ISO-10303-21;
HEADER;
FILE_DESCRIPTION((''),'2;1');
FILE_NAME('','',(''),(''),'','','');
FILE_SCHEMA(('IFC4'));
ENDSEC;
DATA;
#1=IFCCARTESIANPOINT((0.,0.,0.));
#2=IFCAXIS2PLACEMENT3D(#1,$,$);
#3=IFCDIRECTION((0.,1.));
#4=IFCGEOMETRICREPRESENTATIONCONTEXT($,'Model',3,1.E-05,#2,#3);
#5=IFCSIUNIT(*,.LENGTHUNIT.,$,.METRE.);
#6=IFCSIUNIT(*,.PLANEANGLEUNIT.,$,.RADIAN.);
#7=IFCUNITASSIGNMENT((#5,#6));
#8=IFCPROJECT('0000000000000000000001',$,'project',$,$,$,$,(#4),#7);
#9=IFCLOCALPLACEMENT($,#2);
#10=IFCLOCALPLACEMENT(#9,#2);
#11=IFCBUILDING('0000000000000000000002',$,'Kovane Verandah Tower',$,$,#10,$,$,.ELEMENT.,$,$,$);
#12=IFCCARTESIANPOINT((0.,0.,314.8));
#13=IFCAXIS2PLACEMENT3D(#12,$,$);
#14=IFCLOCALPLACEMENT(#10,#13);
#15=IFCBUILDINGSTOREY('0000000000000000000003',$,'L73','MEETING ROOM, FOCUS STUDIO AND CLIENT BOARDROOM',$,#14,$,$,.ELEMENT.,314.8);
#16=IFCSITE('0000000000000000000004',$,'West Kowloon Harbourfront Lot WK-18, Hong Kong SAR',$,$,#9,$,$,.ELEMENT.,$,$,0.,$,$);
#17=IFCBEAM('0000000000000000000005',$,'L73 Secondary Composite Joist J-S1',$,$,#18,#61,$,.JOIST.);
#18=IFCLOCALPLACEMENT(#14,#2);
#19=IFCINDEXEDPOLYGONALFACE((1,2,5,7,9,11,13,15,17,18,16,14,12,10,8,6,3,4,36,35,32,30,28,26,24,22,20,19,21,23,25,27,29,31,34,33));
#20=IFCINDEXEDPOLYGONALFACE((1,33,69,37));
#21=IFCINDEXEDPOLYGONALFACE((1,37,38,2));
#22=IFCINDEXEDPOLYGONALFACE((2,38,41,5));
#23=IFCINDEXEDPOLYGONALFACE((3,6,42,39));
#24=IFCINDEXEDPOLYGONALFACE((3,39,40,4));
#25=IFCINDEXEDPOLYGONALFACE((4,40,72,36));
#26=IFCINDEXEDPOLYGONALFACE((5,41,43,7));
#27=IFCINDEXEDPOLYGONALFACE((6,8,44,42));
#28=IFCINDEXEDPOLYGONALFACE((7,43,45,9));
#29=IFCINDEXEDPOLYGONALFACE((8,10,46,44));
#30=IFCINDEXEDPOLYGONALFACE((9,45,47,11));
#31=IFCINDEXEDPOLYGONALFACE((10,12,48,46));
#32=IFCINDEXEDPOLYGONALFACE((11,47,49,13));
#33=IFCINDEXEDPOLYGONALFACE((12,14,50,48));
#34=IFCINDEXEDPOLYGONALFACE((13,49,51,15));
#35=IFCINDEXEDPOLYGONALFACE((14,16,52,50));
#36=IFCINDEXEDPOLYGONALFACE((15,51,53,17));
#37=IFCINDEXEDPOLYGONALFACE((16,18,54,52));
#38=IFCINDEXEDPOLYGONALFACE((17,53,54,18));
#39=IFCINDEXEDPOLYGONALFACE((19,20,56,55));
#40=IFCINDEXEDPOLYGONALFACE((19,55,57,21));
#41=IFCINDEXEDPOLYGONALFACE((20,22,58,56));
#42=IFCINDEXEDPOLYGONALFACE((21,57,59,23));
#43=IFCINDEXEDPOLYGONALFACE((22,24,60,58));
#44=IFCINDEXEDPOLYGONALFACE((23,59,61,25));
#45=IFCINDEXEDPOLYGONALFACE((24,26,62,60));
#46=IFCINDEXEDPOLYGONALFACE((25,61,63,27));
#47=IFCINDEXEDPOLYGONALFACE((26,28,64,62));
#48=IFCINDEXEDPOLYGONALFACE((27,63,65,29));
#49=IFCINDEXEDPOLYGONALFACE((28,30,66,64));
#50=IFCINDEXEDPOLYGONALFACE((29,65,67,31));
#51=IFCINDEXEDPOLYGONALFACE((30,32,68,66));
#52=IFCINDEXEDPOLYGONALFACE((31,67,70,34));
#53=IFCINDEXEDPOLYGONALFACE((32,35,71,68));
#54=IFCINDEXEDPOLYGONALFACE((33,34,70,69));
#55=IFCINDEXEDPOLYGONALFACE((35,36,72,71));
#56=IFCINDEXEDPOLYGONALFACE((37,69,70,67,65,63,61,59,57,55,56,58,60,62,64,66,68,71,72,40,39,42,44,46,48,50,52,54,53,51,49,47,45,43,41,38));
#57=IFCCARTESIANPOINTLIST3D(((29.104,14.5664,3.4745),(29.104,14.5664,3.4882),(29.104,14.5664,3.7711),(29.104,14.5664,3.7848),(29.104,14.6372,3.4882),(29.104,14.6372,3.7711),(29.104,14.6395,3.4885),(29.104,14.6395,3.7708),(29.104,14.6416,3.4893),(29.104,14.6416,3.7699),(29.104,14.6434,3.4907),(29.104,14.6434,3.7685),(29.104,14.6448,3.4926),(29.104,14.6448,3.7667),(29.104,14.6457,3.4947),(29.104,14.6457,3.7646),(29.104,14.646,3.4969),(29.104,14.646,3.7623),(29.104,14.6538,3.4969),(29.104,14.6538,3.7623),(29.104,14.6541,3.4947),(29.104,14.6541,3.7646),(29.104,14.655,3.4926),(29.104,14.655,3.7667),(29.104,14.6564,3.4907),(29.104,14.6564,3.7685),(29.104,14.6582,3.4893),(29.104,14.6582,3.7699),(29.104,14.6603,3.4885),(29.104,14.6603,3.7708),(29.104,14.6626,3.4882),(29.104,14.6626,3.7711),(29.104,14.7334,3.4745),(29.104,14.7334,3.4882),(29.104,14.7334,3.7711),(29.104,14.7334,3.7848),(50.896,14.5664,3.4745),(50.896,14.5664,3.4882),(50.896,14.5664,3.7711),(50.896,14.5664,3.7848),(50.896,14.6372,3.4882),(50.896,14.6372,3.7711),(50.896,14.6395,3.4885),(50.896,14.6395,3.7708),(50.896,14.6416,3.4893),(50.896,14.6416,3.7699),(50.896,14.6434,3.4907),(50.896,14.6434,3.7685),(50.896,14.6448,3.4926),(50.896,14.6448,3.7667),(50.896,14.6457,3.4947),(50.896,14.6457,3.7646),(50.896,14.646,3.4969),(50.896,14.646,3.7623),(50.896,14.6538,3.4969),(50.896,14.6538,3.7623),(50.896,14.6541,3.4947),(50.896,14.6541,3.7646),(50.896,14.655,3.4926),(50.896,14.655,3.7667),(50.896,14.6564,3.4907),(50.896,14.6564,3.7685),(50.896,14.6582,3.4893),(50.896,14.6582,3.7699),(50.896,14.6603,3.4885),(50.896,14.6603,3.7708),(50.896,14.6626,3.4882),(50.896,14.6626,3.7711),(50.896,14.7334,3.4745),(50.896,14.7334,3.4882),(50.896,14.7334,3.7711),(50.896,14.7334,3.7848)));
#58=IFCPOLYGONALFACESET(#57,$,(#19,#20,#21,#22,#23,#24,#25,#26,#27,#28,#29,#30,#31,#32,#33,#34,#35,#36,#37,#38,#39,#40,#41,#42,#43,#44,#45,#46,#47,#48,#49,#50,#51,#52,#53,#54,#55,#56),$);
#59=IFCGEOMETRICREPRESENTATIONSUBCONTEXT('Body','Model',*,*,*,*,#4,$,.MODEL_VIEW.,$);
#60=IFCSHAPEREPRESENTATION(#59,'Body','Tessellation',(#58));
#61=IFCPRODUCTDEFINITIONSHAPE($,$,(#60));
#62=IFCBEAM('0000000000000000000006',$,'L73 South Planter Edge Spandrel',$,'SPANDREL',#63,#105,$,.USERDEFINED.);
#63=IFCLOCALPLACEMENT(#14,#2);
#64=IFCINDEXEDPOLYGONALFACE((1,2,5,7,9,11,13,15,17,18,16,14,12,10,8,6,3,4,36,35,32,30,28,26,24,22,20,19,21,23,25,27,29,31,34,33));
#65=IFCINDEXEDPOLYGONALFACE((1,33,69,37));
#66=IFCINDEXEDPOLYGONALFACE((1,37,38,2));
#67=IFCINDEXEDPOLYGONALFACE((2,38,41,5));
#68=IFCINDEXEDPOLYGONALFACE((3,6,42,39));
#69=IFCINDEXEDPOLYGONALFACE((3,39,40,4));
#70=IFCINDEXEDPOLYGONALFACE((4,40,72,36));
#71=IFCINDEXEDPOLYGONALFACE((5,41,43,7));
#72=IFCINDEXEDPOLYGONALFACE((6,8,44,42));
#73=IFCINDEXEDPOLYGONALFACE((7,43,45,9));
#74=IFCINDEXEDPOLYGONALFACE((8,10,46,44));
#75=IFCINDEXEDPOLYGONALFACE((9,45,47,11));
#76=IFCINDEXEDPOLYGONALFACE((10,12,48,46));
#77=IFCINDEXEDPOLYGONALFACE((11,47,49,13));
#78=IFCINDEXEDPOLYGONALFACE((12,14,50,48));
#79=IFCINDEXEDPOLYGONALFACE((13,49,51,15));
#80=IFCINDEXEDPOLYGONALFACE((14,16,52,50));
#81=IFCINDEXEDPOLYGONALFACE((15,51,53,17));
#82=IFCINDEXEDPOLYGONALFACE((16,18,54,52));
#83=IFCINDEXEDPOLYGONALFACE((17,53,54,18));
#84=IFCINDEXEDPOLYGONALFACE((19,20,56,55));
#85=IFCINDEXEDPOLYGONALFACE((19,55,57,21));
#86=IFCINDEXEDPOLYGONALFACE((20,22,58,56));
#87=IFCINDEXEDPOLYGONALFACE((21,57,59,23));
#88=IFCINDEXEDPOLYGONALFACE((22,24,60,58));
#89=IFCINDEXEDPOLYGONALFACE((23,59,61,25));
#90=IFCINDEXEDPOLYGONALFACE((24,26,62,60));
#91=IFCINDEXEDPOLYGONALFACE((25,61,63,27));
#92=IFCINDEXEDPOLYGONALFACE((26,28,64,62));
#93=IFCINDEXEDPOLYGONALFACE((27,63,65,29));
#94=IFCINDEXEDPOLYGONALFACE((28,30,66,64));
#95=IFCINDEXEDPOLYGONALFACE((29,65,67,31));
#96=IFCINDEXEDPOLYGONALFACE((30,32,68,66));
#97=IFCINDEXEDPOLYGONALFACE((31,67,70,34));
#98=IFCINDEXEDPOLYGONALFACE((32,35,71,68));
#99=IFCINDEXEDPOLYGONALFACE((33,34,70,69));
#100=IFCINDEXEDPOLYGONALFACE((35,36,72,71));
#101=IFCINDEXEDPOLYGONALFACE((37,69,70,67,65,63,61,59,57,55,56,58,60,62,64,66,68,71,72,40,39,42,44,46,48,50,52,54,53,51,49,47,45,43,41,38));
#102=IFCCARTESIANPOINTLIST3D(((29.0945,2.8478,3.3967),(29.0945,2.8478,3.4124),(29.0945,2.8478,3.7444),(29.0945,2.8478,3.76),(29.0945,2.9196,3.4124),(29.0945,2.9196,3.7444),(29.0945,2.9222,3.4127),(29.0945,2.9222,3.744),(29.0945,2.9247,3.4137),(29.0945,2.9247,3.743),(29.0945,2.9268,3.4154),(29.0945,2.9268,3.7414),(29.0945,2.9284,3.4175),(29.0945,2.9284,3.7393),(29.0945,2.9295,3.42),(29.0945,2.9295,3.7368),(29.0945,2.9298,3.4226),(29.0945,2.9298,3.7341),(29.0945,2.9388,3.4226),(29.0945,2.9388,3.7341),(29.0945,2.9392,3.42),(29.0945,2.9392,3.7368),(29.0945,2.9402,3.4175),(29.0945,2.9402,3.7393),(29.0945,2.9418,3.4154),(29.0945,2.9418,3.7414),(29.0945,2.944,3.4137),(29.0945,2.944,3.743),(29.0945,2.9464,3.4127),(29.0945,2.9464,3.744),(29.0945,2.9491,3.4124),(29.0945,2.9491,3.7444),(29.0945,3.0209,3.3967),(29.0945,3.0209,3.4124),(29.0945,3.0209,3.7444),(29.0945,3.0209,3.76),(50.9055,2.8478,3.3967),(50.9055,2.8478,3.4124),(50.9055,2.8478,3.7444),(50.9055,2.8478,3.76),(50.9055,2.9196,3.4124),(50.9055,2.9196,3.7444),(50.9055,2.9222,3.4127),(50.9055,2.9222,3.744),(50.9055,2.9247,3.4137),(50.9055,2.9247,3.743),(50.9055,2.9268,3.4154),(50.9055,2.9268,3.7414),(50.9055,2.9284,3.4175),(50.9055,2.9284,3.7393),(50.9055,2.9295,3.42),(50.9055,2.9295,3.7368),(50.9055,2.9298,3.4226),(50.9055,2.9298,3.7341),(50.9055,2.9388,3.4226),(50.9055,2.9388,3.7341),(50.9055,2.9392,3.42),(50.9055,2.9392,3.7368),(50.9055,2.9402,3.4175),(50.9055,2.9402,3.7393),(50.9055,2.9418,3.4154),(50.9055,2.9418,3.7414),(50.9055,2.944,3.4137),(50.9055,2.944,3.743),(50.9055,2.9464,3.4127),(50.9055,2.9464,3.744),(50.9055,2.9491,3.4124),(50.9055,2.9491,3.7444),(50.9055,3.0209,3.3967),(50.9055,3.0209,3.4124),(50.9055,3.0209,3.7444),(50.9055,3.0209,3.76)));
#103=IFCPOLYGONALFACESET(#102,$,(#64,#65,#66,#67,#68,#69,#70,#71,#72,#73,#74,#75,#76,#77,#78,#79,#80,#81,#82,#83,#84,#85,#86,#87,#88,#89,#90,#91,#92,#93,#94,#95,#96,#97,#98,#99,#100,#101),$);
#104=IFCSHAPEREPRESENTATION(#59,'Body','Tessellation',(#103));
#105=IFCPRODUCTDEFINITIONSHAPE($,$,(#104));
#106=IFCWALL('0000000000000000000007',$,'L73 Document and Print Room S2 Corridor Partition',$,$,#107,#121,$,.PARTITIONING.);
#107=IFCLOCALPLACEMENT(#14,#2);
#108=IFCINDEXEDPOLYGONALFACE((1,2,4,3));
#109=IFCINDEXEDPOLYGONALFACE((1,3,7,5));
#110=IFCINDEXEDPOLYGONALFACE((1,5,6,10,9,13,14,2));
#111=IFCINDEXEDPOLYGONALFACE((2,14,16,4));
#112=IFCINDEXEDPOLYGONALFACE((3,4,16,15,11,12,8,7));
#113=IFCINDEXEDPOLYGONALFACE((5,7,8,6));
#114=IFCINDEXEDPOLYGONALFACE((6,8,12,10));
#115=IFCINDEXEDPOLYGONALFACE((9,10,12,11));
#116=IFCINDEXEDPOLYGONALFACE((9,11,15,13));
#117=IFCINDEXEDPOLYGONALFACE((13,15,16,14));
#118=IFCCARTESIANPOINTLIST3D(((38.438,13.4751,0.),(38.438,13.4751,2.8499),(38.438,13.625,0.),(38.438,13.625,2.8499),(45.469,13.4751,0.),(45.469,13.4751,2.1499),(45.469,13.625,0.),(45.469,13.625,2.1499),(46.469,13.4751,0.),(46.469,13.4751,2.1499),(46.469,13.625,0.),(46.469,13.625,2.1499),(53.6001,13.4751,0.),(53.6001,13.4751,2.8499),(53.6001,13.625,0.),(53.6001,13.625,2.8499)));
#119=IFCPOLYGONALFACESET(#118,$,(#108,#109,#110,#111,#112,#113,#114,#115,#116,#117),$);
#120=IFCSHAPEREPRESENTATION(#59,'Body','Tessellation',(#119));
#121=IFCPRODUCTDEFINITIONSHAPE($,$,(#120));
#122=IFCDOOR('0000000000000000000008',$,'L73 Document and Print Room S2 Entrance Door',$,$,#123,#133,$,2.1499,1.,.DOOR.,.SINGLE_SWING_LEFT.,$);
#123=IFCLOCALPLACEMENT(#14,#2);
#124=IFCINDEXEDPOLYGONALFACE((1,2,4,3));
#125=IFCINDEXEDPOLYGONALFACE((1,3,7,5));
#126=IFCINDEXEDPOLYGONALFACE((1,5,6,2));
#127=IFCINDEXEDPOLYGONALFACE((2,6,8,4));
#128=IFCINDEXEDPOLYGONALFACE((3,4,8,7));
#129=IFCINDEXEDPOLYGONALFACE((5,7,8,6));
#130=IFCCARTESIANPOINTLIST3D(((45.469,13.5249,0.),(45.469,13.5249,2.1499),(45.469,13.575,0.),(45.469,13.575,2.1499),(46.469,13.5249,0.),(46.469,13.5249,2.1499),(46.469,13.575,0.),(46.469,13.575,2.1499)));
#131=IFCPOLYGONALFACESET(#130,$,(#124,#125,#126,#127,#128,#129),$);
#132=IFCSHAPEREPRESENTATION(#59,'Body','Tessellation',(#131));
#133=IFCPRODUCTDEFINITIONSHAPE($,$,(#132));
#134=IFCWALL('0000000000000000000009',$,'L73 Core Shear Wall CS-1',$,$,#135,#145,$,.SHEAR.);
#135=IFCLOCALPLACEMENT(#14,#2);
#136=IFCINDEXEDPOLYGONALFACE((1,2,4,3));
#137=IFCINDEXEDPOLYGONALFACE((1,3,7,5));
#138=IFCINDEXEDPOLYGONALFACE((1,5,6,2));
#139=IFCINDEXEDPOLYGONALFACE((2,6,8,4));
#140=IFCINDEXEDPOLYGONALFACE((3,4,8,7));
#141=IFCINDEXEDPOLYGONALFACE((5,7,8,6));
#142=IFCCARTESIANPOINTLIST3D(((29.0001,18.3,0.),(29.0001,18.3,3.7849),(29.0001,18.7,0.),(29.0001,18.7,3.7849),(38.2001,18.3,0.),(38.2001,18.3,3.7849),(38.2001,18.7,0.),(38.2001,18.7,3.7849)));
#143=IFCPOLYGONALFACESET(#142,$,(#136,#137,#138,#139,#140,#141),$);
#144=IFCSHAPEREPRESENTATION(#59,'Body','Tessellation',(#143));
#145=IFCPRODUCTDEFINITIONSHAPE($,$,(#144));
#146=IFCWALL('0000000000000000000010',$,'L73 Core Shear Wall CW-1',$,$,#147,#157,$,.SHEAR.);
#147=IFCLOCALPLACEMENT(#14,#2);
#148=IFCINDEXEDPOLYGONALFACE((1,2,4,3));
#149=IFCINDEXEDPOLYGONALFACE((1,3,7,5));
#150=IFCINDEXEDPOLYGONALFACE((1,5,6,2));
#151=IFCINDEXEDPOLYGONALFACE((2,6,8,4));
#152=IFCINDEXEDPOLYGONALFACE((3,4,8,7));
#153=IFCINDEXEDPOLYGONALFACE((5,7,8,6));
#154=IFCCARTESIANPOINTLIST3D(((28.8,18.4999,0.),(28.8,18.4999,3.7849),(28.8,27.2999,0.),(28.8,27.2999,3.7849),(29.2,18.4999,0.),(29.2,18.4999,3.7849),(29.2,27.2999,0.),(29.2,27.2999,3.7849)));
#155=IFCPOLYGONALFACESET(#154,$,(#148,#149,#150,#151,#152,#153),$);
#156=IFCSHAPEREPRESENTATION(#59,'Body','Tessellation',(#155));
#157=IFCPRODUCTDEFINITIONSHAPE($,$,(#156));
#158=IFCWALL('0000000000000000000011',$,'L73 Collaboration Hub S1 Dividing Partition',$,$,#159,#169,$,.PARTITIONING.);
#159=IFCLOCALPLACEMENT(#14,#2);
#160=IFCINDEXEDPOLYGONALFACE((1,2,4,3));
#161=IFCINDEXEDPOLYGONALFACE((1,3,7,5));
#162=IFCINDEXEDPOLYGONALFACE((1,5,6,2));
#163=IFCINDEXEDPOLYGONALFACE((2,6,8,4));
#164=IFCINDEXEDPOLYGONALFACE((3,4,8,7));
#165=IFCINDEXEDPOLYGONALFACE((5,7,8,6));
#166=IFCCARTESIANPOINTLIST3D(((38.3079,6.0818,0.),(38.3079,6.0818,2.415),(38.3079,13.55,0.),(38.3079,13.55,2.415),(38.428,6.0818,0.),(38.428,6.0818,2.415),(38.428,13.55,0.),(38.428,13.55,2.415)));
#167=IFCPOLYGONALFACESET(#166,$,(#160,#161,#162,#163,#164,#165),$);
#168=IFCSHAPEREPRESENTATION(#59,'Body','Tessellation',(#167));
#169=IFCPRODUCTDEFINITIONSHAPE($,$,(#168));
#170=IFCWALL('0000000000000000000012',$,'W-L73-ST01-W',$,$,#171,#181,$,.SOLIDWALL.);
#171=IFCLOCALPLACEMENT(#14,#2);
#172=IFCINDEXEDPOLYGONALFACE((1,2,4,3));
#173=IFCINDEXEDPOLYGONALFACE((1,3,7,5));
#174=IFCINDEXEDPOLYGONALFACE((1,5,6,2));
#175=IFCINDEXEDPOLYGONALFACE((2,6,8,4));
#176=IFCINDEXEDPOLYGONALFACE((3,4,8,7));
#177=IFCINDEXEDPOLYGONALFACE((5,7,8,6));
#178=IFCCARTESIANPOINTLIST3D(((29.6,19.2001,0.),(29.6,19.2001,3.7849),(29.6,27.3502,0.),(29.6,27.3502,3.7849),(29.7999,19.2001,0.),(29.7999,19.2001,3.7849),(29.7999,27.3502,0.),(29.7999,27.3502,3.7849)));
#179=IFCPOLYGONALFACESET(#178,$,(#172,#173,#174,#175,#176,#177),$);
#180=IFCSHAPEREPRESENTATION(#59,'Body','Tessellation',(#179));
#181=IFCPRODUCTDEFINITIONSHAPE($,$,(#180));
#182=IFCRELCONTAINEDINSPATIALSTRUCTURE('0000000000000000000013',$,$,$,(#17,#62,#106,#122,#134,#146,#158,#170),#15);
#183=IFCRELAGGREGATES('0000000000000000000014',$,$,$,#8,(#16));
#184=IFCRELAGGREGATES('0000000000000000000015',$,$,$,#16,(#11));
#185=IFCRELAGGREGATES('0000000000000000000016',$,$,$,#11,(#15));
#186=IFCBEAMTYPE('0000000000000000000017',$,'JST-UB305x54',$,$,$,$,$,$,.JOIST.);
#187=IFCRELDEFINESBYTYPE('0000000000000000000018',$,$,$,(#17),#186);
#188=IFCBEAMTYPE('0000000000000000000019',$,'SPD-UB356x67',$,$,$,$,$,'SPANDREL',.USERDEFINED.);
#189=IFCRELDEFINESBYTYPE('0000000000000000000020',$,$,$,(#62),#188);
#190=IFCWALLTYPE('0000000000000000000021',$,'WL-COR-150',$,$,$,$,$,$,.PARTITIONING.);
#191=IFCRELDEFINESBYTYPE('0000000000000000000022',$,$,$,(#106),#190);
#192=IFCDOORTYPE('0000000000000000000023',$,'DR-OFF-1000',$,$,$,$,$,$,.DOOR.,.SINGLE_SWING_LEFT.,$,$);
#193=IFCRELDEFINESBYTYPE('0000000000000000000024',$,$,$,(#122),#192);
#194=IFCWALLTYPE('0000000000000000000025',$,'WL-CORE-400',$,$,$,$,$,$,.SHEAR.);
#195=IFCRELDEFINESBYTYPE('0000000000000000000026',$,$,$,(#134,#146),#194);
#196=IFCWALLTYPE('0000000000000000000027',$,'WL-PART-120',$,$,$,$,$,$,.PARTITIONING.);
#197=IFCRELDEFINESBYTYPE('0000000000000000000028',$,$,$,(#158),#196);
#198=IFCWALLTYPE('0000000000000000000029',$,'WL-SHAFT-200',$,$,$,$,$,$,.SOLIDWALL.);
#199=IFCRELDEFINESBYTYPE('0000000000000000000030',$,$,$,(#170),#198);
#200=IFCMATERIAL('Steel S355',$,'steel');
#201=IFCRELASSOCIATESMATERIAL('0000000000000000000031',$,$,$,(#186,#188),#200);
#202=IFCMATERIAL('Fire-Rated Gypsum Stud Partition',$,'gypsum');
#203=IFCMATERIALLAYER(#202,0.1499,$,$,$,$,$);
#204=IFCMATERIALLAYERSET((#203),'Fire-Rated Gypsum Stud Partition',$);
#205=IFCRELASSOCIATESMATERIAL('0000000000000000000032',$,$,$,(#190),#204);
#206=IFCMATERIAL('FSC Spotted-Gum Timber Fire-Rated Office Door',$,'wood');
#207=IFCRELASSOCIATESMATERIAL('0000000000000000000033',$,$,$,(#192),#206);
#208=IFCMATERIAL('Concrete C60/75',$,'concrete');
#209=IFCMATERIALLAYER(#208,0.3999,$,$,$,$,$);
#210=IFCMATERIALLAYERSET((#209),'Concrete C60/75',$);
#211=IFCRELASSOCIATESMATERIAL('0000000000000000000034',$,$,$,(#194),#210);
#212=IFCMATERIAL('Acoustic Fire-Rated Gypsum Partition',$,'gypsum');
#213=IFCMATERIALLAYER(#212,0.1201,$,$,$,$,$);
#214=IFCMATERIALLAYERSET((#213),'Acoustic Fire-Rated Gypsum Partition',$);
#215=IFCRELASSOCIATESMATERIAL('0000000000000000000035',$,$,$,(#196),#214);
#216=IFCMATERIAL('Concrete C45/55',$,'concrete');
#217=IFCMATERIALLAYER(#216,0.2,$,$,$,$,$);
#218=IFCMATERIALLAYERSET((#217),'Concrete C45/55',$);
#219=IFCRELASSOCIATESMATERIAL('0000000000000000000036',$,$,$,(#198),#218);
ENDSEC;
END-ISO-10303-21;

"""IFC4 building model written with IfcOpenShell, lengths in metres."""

from ifc_helpers import new_model, si_unit, direction, frame, frame_2d, origin, origin_2d, place, context, subcontext, project, spatial, rectangle, i_section, extrude, material, layer, layer_set, material_profile, profile_set, type_object, element, fill, save


model = new_model("IFC4")

# Units and contexts
model_context = context("Model", 3, precision=1e-05, world=origin(), true_north=direction((0.0, 1.0)))
body_context = subcontext(model_context, "Body", "Model", "MODEL_VIEW")
ifc_project = project(units=[si_unit("LENGTHUNIT", "METRE"), si_unit("PLANEANGLEUNIT", "RADIAN")], contexts=[model_context])

# Site, building, storey
site_placement = place(None, origin())
site = spatial("IfcSite", under=ifc_project, at=site_placement, Name="West Kowloon Harbourfront Lot WK-18, Hong Kong SAR", CompositionType="ELEMENT", RefElevation=0.0)
building_placement = place(site_placement, origin())
building = spatial("IfcBuilding", under=site, at=building_placement, Name="Kovane Verandah Tower", CompositionType="ELEMENT")
storey_placement = place(building_placement, frame((0.0, 0.0, 314.8)))
storey = spatial("IfcBuildingStorey", under=building, at=storey_placement, Name="L73", Description="MEETING ROOM, FOCUS STUDIO AND CLIENT BOARDROOM", CompositionType="ELEMENT", Elevation=314.8)

# Shared definitions
ifc_material_1 = material(Name="Concrete C60/75", Category="concrete")

# Beams
ifc_material_2 = material(Name="Steel S355", Category="steel")
ifc_material_profile_1 = material_profile(ifc_material_2, i_section(OverallWidth=0.167, OverallDepth=0.3103, WebThickness=0.0078, FlangeThickness=0.0137, FilletRadius=0.0088, at=origin_2d()), Name="UB305x165x54")
ifc_profile_set_1 = profile_set([ifc_material_profile_1], Name="Steel S355")
beam_type_1 = type_object("IfcBeamType", Name="JST-UB305x54", PredefinedType="JOIST", material=ifc_profile_set_1)
beam_1_placement = place(storey_placement, frame((29.104, 14.6499, 3.6296), z_axis=(1.0, 0.0, 0.0), x_axis=(0.0, 1.0, 0.0)))
element("IfcBeam", 1, at=beam_1_placement, inside=storey, type_object=beam_type_1, Name="L73 Secondary Composite Joist J-S1", PredefinedType="JOIST", context=body_context, shape_type="SweptSolid", body=[
    extrude(i_section(OverallWidth=0.167, OverallDepth=0.3103, WebThickness=0.0078, FlangeThickness=0.0137, FilletRadius=0.0088, at=origin_2d()), origin(), (0.0, 0.0, 1.0), 21.792),
])
ifc_material_profile_2 = material_profile(ifc_material_2, i_section(OverallWidth=0.1731, OverallDepth=0.3633, WebThickness=0.009, FlangeThickness=0.0156, FilletRadius=0.0103, at=origin_2d()), Name="UB356x171x67")
ifc_profile_set_2 = profile_set([ifc_material_profile_2], Name="Steel S355")
beam_type_2 = type_object("IfcBeamType", Name="SPD-UB356x67", ElementType="SPANDREL", PredefinedType="USERDEFINED", material=ifc_profile_set_2)
beam_2_placement = place(storey_placement, frame((29.0945, 2.9343, 3.5784), z_axis=(1.0, 0.0, 0.0), x_axis=(0.0, 1.0, 0.0)))
element("IfcBeam", 2, at=beam_2_placement, inside=storey, type_object=beam_type_2, Name="L73 South Planter Edge Spandrel", ObjectType="SPANDREL", PredefinedType="USERDEFINED", context=body_context, shape_type="SweptSolid", body=[
    extrude(i_section(OverallWidth=0.1731, OverallDepth=0.3633, WebThickness=0.009, FlangeThickness=0.0156, FilletRadius=0.0103, at=origin_2d()), origin(), (0.0, 0.0, 1.0), 21.811),
])

# Wall, opening, door
ifc_material_3 = material(Name="Fire-Rated Gypsum Stud Partition", Category="gypsum")
ifc_layer_1 = layer(ifc_material_3, 0.1499)
ifc_layer_set_1 = layer_set([ifc_layer_1], Name="Fire-Rated Gypsum Stud Partition")
wall_type_1 = type_object("IfcWallType", Name="WL-COR-150", PredefinedType="PARTITIONING", material=ifc_layer_set_1)
ifc_material_4 = material(Name="FSC Spotted-Gum Timber Fire-Rated Office Door", Category="wood")
door_type = type_object("IfcDoorType", Name="DR-OFF-1000", OperationType="SINGLE_SWING_LEFT", PredefinedType="DOOR", material=ifc_material_4)
wall_1_placement = place(storey_placement, frame((38.438, 13.55, 0.0), z_axis=(0.0, 0.0, 1.0), x_axis=(1.0, 0.0, 0.0)))
wall_1 = element("IfcWall", 3, at=wall_1_placement, inside=storey, type_object=wall_type_1, Name="L73 Document and Print Room S2 Corridor Partition", PredefinedType="PARTITIONING", context=body_context, shape_type="SweptSolid", body=[
    extrude(rectangle(XDim=15.1621, YDim=0.1499, at=frame_2d((7.5811, 0.0))), origin(), (0.0, 0.0, 1.0), 2.8499),
])
opening_1_placement = place(wall_1_placement, frame((7.031, 0.0, 0.0)))
opening_1 = element("IfcOpeningElement", 4, at=opening_1_placement, cuts=wall_1, PredefinedType="OPENING", context=body_context, shape_type="SweptSolid", body=[
    extrude(rectangle(XDim=1.0, YDim=2.1499, at=frame_2d((0.5, 1.075))), frame((0.0, 0.075, 0.0), z_axis=(0.0, -1.0, 0.0), x_axis=(1.0, 0.0, 0.0)), (0.0, 0.0, 1.0), 0.1499),
])
door_1_placement = place(opening_1_placement, origin())
door_1 = element("IfcDoor", 5, at=door_1_placement, inside=storey, type_object=door_type, Name="L73 Document and Print Room S2 Entrance Door", OperationType="SINGLE_SWING_LEFT", OverallHeight=2.1499, OverallWidth=1.0, PredefinedType="DOOR", context=body_context, shape_type="SweptSolid", body=[
    extrude(rectangle(XDim=1.0, YDim=2.1499, at=frame_2d((0.5, 1.075))), frame((0.0, 0.0249, 0.0), z_axis=(0.0, -1.0, 0.0), x_axis=(1.0, 0.0, 0.0)), (0.0, 0.0, 1.0), 0.05),
])
fill(opening_1, door_1)

# Walls
ifc_layer_2 = layer(ifc_material_1, 0.3999)
ifc_layer_set_2 = layer_set([ifc_layer_2], Name="Concrete C60/75")
wall_type_2 = type_object("IfcWallType", Name="WL-CORE-400", PredefinedType="SHEAR", material=ifc_layer_set_2)
wall_2_placement = place(storey_placement, frame((29.0, 18.5, 0.0), z_axis=(0.0, 0.0, 1.0), x_axis=(1.0, 0.0, 0.0)))
element("IfcWall", 6, at=wall_2_placement, inside=storey, type_object=wall_type_2, Name="L73 Core Shear Wall CS-1", PredefinedType="SHEAR", context=body_context, shape_type="SweptSolid", body=[
    extrude(rectangle(XDim=9.2, YDim=0.3999, at=frame_2d((4.6001, 0.0))), origin(), (0.0, 0.0, 1.0), 3.7849),
])
wall_3_placement = place(storey_placement, frame((29.0, 18.5, 0.0), z_axis=(0.0, 0.0, 1.0), x_axis=(0.0, 1.0, 0.0)))
element("IfcWall", 7, at=wall_3_placement, inside=storey, type_object=wall_type_2, Name="L73 Core Shear Wall CW-1", PredefinedType="SHEAR", context=body_context, shape_type="SweptSolid", body=[
    extrude(rectangle(XDim=8.8, YDim=0.3999, at=frame_2d((4.3999, 0.0))), origin(), (0.0, 0.0, 1.0), 3.7849),
])
ifc_material_5 = material(Name="Acoustic Fire-Rated Gypsum Partition", Category="gypsum")
ifc_layer_3 = layer(ifc_material_5, 0.1201)
ifc_layer_set_3 = layer_set([ifc_layer_3], Name="Acoustic Fire-Rated Gypsum Partition")
wall_type_3 = type_object("IfcWallType", Name="WL-PART-120", PredefinedType="PARTITIONING", material=ifc_layer_set_3)
wall_4_placement = place(storey_placement, frame((38.3679, 6.0818, 0.0), z_axis=(0.0, 0.0, 1.0), x_axis=(0.0, 1.0, 0.0)))
element("IfcWall", 8, at=wall_4_placement, inside=storey, type_object=wall_type_3, Name="L73 Collaboration Hub S1 Dividing Partition", PredefinedType="PARTITIONING", context=body_context, shape_type="SweptSolid", body=[
    extrude(rectangle(XDim=7.4683, YDim=0.1201, at=frame_2d((3.7341, 0.0))), origin(), (0.0, 0.0, 1.0), 2.415),
])
ifc_material_6 = material(Name="Concrete C45/55", Category="concrete")
ifc_layer_4 = layer(ifc_material_6, 0.2)
ifc_layer_set_4 = layer_set([ifc_layer_4], Name="Concrete C45/55")
wall_type_4 = type_object("IfcWallType", Name="WL-SHAFT-200", PredefinedType="SOLIDWALL", material=ifc_layer_set_4)
wall_5_placement = place(storey_placement, frame((29.7, 19.2, 0.0), z_axis=(0.0, 0.0, 1.0), x_axis=(0.0, 1.0, 0.0)))
element("IfcWall", 9, at=wall_5_placement, inside=storey, type_object=wall_type_4, Name="W-L73-ST01-W", PredefinedType="SOLIDWALL", context=body_context, shape_type="SweptSolid", body=[
    extrude(rectangle(XDim=8.1501, YDim=0.2, at=frame_2d((4.0752, 0.0))), origin(), (0.0, 0.0, 1.0), 3.7849),
])

save(model, "model.ifc")
